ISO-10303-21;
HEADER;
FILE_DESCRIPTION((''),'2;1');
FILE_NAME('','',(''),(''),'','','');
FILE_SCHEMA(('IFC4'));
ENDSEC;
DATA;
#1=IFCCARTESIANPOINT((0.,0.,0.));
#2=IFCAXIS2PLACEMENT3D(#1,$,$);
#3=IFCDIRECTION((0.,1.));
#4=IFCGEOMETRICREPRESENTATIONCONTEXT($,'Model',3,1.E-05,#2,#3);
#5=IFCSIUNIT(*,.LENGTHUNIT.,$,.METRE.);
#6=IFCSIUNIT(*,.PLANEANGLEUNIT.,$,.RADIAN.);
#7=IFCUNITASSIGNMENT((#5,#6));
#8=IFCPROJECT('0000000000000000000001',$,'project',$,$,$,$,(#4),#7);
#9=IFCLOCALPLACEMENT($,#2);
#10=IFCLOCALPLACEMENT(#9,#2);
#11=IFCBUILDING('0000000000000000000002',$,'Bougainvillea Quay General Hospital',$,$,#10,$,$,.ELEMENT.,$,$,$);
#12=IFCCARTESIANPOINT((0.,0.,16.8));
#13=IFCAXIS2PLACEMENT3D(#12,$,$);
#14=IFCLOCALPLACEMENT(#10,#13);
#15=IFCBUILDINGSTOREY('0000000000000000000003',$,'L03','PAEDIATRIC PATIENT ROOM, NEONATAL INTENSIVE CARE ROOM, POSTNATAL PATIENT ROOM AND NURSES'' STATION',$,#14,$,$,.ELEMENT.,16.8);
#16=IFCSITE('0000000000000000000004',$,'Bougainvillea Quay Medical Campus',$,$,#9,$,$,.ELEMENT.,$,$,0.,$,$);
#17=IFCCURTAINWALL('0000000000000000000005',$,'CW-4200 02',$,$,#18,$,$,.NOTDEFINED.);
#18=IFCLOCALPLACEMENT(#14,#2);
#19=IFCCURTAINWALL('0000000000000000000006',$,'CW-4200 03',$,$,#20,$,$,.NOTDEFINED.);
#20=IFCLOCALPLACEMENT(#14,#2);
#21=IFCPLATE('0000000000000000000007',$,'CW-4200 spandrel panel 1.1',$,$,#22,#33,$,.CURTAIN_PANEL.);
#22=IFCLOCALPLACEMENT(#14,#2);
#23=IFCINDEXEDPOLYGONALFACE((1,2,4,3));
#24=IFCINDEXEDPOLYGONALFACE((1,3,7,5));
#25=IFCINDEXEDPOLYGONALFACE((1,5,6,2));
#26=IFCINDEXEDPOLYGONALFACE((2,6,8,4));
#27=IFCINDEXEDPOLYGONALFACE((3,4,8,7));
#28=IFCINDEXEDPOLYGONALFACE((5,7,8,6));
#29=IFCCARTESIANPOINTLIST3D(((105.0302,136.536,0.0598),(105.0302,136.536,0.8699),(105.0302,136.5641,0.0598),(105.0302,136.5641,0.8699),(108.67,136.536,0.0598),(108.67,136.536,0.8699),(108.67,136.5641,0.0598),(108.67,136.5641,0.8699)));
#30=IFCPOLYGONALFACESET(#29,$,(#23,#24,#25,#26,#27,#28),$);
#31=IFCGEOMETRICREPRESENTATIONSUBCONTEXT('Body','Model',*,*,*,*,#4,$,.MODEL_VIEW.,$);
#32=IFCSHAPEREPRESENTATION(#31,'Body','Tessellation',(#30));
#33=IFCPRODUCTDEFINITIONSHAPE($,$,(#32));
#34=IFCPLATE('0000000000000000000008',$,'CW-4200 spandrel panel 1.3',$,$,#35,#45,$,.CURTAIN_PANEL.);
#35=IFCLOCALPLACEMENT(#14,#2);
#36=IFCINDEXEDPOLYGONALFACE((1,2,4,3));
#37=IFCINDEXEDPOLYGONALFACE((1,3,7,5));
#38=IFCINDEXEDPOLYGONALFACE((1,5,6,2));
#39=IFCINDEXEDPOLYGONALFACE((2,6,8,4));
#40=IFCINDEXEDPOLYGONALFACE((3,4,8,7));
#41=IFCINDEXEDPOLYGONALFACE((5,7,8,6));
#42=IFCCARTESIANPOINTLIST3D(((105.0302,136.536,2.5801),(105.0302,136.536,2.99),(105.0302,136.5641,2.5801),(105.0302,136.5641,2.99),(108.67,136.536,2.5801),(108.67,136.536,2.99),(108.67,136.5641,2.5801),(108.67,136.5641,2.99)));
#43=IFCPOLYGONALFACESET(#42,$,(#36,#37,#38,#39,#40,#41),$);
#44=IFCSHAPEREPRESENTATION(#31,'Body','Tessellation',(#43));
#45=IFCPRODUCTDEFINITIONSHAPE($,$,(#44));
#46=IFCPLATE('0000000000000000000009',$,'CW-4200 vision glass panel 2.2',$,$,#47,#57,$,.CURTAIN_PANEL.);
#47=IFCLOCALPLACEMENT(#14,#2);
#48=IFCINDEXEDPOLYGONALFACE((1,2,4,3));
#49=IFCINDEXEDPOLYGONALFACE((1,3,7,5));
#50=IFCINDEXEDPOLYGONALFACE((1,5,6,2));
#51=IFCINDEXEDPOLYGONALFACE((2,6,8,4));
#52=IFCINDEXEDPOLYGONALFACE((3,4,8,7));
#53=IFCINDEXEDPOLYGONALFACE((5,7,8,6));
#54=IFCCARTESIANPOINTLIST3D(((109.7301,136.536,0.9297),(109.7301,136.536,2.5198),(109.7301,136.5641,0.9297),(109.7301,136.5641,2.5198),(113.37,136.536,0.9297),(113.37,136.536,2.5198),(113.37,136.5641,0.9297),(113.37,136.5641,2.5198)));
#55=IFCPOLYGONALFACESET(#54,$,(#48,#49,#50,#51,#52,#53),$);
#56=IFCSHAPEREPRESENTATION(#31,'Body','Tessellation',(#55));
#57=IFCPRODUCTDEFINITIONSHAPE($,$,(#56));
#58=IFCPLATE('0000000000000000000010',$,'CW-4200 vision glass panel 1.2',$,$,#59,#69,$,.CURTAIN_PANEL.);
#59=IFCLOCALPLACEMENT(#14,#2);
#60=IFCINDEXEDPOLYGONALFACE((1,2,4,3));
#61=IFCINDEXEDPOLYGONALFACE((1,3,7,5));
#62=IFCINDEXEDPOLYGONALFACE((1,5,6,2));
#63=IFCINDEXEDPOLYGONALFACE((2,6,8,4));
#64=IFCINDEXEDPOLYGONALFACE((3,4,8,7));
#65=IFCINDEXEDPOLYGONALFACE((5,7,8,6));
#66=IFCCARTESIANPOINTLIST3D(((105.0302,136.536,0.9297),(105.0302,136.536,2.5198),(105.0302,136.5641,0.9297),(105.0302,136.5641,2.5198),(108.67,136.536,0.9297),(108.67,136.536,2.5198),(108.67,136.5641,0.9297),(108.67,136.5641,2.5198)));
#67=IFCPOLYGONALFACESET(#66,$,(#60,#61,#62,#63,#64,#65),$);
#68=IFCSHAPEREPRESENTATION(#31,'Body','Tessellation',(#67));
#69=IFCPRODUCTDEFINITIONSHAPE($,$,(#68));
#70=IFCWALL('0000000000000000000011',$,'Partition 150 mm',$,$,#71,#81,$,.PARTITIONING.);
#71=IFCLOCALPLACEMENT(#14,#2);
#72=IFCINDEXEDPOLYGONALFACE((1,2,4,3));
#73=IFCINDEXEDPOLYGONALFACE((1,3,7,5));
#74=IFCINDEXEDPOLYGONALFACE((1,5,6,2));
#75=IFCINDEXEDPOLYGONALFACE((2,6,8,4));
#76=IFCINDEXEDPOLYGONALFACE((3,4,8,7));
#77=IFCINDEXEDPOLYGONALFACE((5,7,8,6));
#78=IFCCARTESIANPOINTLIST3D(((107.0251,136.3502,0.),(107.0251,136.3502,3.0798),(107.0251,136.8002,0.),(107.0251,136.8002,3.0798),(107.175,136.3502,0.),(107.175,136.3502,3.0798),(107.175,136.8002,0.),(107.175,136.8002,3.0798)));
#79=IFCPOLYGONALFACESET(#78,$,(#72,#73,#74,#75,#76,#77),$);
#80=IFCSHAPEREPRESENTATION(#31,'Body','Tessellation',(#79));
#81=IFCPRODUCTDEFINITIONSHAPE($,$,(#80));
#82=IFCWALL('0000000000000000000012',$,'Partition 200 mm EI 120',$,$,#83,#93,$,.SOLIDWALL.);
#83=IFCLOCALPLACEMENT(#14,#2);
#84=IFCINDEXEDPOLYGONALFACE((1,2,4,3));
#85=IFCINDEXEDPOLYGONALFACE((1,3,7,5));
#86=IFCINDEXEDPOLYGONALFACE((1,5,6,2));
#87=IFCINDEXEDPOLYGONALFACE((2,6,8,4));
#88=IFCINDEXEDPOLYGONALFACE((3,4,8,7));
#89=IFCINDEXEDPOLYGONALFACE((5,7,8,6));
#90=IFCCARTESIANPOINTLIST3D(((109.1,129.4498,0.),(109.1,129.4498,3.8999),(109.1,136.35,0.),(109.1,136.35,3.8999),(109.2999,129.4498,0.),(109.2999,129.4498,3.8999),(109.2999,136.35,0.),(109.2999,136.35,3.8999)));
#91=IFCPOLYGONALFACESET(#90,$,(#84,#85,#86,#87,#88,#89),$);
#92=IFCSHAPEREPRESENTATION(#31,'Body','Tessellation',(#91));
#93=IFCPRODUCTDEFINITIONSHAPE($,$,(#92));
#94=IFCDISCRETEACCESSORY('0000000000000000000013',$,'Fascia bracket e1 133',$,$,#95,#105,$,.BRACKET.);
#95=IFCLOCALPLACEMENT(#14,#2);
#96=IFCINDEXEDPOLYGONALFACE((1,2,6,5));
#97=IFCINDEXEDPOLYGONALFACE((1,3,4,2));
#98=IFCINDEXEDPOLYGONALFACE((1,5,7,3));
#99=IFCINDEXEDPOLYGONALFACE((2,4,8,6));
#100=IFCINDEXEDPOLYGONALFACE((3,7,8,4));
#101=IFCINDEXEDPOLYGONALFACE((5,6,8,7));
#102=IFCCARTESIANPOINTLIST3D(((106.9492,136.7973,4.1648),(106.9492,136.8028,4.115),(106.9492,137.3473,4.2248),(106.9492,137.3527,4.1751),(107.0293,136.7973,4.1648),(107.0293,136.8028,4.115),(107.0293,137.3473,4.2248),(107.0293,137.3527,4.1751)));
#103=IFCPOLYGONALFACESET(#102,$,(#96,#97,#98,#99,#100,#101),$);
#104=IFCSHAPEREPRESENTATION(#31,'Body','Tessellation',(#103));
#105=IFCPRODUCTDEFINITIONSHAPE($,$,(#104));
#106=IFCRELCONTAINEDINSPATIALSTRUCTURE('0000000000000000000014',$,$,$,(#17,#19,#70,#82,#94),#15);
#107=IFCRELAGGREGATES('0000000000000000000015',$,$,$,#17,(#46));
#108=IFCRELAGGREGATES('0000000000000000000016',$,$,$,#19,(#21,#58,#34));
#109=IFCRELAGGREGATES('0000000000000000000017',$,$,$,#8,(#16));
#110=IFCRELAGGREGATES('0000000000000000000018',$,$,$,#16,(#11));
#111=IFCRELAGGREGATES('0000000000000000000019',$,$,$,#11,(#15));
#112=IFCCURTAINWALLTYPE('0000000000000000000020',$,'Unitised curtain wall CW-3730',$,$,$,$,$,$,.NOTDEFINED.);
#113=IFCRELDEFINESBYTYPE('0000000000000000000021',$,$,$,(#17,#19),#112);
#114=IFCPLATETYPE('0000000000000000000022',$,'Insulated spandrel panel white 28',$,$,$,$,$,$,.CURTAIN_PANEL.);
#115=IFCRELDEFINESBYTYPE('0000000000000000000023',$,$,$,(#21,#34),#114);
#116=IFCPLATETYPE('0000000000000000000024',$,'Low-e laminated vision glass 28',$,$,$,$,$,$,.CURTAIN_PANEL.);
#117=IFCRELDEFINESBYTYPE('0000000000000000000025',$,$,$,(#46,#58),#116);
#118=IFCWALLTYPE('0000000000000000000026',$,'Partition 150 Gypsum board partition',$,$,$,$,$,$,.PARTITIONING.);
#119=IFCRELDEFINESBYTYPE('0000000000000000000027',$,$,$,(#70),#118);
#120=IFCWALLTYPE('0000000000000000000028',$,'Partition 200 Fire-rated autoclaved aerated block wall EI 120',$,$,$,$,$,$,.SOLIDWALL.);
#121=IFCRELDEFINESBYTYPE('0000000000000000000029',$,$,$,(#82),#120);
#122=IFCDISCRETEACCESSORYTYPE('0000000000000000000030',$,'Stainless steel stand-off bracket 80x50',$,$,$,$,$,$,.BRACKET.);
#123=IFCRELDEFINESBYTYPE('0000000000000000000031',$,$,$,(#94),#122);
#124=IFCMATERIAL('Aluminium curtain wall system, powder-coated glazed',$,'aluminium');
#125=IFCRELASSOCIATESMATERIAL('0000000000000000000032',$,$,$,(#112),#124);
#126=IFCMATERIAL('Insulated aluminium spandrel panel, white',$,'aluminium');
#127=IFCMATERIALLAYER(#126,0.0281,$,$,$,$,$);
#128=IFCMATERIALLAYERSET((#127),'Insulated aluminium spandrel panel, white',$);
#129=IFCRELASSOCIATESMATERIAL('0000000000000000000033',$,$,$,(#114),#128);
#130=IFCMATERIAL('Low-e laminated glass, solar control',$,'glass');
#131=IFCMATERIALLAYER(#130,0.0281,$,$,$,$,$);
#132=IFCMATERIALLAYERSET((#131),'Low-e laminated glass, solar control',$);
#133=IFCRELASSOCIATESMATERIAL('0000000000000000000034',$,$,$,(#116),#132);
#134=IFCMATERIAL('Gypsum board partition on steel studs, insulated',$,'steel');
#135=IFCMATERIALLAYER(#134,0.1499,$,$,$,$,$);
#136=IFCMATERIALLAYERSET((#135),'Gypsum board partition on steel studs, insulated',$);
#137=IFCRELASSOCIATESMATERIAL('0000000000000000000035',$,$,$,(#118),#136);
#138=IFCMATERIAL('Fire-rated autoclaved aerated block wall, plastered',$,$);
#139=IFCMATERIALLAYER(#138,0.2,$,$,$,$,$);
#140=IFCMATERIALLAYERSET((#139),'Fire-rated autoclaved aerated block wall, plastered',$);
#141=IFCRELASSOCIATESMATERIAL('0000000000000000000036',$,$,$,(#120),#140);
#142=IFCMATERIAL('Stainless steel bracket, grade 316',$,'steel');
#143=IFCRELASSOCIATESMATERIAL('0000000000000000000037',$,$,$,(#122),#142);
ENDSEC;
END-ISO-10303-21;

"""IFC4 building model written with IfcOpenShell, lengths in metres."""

from ifc_helpers import new_model, si_unit, direction, frame, frame_2d, origin, origin_2d, place, context, subcontext, project, spatial, rectangle, extrude, material, layer, layer_set, material_profile, profile_set, type_object, element, aggregate, save


model = new_model("IFC4")

# Units and contexts
model_context = context("Model", 3, precision=1e-05, world=origin(), true_north=direction((0.0, 1.0)))
body_context = subcontext(model_context, "Body", "Model", "MODEL_VIEW")
ifc_project = project(units=[si_unit("LENGTHUNIT", "METRE"), si_unit("PLANEANGLEUNIT", "RADIAN")], contexts=[model_context])

# Site, building, storey
site_placement = place(None, origin())
site = spatial("IfcSite", under=ifc_project, at=site_placement, Name="Bougainvillea Quay Medical Campus", CompositionType="ELEMENT", RefElevation=0.0)
building_placement = place(site_placement, origin())
building = spatial("IfcBuilding", under=site, at=building_placement, Name="Bougainvillea Quay General Hospital", CompositionType="ELEMENT")
storey_placement = place(building_placement, frame((0.0, 0.0, 16.8)))
storey = spatial("IfcBuildingStorey", under=building, at=storey_placement, Name="L03", Description="PAEDIATRIC PATIENT ROOM, NEONATAL INTENSIVE CARE ROOM, POSTNATAL PATIENT ROOM AND NURSES' STATION", CompositionType="ELEMENT", Elevation=16.8)

# Curtain wall
ifc_material_1 = material(Name="Aluminium curtain wall system, powder-coated glazed", Category="aluminium")
curtain_wall_type = type_object("IfcCurtainWallType", Name="Unitised curtain wall CW-3730", PredefinedType="NOTDEFINED", material=ifc_material_1)
curtain_wall_1_placement = place(storey_placement, origin())
curtain_wall_1 = element("IfcCurtainWall", 1, at=curtain_wall_1_placement, inside=storey, type_object=curtain_wall_type, Name="CW-4200 02", PredefinedType="NOTDEFINED")

# Curtain wall
curtain_wall_2_placement = place(storey_placement, origin())
curtain_wall_2 = element("IfcCurtainWall", 2, at=curtain_wall_2_placement, inside=storey, type_object=curtain_wall_type, Name="CW-4200 03", PredefinedType="NOTDEFINED")

# Plates
ifc_material_2 = material(Name="Insulated aluminium spandrel panel, white", Category="aluminium")
ifc_layer_1 = layer(ifc_material_2, 0.0281)
ifc_layer_set_1 = layer_set([ifc_layer_1], Name="Insulated aluminium spandrel panel, white")
plate_type_1 = type_object("IfcPlateType", Name="Insulated spandrel panel white 28", PredefinedType="CURTAIN_PANEL", material=ifc_layer_set_1)
plate_1_placement = place(storey_placement, frame((106.8501, 136.55, 0.0598), z_axis=(0.0, 0.0, 1.0), x_axis=(-1.0, 0.0, 0.0)))
plate_1 = element("IfcPlate", 3, at=plate_1_placement, type_object=plate_type_1, Name="CW-4200 spandrel panel 1.1", PredefinedType="CURTAIN_PANEL", context=body_context, shape_type="SweptSolid", body=[
    extrude(rectangle(XDim=3.6399, YDim=0.0281, at=origin_2d()), origin(), (0.0, 0.0, 1.0), 0.8101),
])
plate_2_placement = place(storey_placement, frame((106.8501, 136.55, 2.5801), z_axis=(0.0, 0.0, 1.0), x_axis=(-1.0, 0.0, 0.0)))
plate_2 = element("IfcPlate", 4, at=plate_2_placement, type_object=plate_type_1, Name="CW-4200 spandrel panel 1.3", PredefinedType="CURTAIN_PANEL", context=body_context, shape_type="SweptSolid", body=[
    extrude(rectangle(XDim=3.6399, YDim=0.0281, at=origin_2d()), origin(), (0.0, 0.0, 1.0), 0.4099),
])
ifc_material_3 = material(Name="Low-e laminated glass, solar control", Category="glass")
ifc_layer_2 = layer(ifc_material_3, 0.0281)
ifc_layer_set_2 = layer_set([ifc_layer_2], Name="Low-e laminated glass, solar control")
plate_type_2 = type_object("IfcPlateType", Name="Low-e laminated vision glass 28", PredefinedType="CURTAIN_PANEL", material=ifc_layer_set_2)
plate_3_placement = place(storey_placement, frame((111.55, 136.55, 0.9297), z_axis=(0.0, 0.0, 1.0), x_axis=(-1.0, 0.0, 0.0)))
plate_3 = element("IfcPlate", 5, at=plate_3_placement, type_object=plate_type_2, Name="CW-4200 vision glass panel 2.2", PredefinedType="CURTAIN_PANEL", context=body_context, shape_type="SweptSolid", body=[
    extrude(rectangle(XDim=3.6399, YDim=0.0281, at=origin_2d()), origin(), (0.0, 0.0, 1.0), 1.5901),
])
aggregate(curtain_wall_1, [plate_3])
plate_4_placement = place(storey_placement, frame((106.8501, 136.55, 0.9297), z_axis=(0.0, 0.0, 1.0), x_axis=(-1.0, 0.0, 0.0)))
plate_4 = element("IfcPlate", 6, at=plate_4_placement, type_object=plate_type_2, Name="CW-4200 vision glass panel 1.2", PredefinedType="CURTAIN_PANEL", context=body_context, shape_type="SweptSolid", body=[
    extrude(rectangle(XDim=3.6399, YDim=0.0281, at=origin_2d()), origin(), (0.0, 0.0, 1.0), 1.5901),
])
aggregate(curtain_wall_2, [plate_1, plate_4, plate_2])

# Walls
ifc_material_4 = material(Name="Gypsum board partition on steel studs, insulated", Category="steel")
ifc_layer_3 = layer(ifc_material_4, 0.1499)
ifc_layer_set_3 = layer_set([ifc_layer_3], Name="Gypsum board partition on steel studs, insulated")
wall_type_1 = type_object("IfcWallType", Name="Partition 150 Gypsum board partition", PredefinedType="PARTITIONING", material=ifc_layer_set_3)
wall_1_placement = place(storey_placement, frame((107.1001, 136.3501, 0.0), z_axis=(0.0, 0.0, 1.0), x_axis=(0.0, 1.0, 0.0)))
element("IfcWall", 7, at=wall_1_placement, inside=storey, type_object=wall_type_1, Name="Partition 150 mm", PredefinedType="PARTITIONING", context=body_context, shape_type="SweptSolid", body=[
    extrude(rectangle(XDim=0.45, YDim=0.1499, at=frame_2d((0.2251, 0.0))), origin(), (0.0, 0.0, 1.0), 3.0798),
])
ifc_material_5 = material(Name="Fire-rated autoclaved aerated block wall, plastered")
ifc_layer_4 = layer(ifc_material_5, 0.2)
ifc_layer_set_4 = layer_set([ifc_layer_4], Name="Fire-rated autoclaved aerated block wall, plastered")
wall_type_2 = type_object("IfcWallType", Name="Partition 200 Fire-rated autoclaved aerated block wall EI 120", PredefinedType="SOLIDWALL", material=ifc_layer_set_4)
wall_2_placement = place(storey_placement, frame((109.2, 136.3501, 0.0), z_axis=(0.0, 0.0, 1.0), x_axis=(0.0, -1.0, 0.0)))
element("IfcWall", 8, at=wall_2_placement, inside=storey, type_object=wall_type_2, Name="Partition 200 mm EI 120", PredefinedType="SOLIDWALL", context=body_context, shape_type="SweptSolid", body=[
    extrude(rectangle(XDim=6.9001, YDim=0.2, at=frame_2d((3.4502, 0.0))), origin(), (0.0, 0.0, 1.0), 3.8999),
])

# Discrete accessory
ifc_material_6 = material(Name="Stainless steel bracket, grade 316", Category="steel")
ifc_material_profile_1 = material_profile(ifc_material_6, rectangle(XDim=0.0801, YDim=0.05, at=origin_2d()))
ifc_profile_set_1 = profile_set([ifc_material_profile_1], Name="Stainless steel bracket, grade 316")
discrete_accessory_type = type_object("IfcDiscreteAccessoryType", Name="Stainless steel stand-off bracket 80x50", PredefinedType="BRACKET", material=ifc_profile_set_1)
discrete_accessory_placement = place(storey_placement, frame((106.9893, 136.8, 4.1399), z_axis=(0.0, 0.994092, 0.108543), x_axis=(-1.0, 0.0, 0.0)))
element("IfcDiscreteAccessory", 9, at=discrete_accessory_placement, inside=storey, type_object=discrete_accessory_type, Name="Fascia bracket e1 133", PredefinedType="BRACKET", context=body_context, shape_type="SweptSolid", body=[
    extrude(rectangle(XDim=0.0801, YDim=0.05, at=origin_2d()), origin(), (0.0, 0.0, 1.0), 0.5532),
])

save(model, "model.ifc")
